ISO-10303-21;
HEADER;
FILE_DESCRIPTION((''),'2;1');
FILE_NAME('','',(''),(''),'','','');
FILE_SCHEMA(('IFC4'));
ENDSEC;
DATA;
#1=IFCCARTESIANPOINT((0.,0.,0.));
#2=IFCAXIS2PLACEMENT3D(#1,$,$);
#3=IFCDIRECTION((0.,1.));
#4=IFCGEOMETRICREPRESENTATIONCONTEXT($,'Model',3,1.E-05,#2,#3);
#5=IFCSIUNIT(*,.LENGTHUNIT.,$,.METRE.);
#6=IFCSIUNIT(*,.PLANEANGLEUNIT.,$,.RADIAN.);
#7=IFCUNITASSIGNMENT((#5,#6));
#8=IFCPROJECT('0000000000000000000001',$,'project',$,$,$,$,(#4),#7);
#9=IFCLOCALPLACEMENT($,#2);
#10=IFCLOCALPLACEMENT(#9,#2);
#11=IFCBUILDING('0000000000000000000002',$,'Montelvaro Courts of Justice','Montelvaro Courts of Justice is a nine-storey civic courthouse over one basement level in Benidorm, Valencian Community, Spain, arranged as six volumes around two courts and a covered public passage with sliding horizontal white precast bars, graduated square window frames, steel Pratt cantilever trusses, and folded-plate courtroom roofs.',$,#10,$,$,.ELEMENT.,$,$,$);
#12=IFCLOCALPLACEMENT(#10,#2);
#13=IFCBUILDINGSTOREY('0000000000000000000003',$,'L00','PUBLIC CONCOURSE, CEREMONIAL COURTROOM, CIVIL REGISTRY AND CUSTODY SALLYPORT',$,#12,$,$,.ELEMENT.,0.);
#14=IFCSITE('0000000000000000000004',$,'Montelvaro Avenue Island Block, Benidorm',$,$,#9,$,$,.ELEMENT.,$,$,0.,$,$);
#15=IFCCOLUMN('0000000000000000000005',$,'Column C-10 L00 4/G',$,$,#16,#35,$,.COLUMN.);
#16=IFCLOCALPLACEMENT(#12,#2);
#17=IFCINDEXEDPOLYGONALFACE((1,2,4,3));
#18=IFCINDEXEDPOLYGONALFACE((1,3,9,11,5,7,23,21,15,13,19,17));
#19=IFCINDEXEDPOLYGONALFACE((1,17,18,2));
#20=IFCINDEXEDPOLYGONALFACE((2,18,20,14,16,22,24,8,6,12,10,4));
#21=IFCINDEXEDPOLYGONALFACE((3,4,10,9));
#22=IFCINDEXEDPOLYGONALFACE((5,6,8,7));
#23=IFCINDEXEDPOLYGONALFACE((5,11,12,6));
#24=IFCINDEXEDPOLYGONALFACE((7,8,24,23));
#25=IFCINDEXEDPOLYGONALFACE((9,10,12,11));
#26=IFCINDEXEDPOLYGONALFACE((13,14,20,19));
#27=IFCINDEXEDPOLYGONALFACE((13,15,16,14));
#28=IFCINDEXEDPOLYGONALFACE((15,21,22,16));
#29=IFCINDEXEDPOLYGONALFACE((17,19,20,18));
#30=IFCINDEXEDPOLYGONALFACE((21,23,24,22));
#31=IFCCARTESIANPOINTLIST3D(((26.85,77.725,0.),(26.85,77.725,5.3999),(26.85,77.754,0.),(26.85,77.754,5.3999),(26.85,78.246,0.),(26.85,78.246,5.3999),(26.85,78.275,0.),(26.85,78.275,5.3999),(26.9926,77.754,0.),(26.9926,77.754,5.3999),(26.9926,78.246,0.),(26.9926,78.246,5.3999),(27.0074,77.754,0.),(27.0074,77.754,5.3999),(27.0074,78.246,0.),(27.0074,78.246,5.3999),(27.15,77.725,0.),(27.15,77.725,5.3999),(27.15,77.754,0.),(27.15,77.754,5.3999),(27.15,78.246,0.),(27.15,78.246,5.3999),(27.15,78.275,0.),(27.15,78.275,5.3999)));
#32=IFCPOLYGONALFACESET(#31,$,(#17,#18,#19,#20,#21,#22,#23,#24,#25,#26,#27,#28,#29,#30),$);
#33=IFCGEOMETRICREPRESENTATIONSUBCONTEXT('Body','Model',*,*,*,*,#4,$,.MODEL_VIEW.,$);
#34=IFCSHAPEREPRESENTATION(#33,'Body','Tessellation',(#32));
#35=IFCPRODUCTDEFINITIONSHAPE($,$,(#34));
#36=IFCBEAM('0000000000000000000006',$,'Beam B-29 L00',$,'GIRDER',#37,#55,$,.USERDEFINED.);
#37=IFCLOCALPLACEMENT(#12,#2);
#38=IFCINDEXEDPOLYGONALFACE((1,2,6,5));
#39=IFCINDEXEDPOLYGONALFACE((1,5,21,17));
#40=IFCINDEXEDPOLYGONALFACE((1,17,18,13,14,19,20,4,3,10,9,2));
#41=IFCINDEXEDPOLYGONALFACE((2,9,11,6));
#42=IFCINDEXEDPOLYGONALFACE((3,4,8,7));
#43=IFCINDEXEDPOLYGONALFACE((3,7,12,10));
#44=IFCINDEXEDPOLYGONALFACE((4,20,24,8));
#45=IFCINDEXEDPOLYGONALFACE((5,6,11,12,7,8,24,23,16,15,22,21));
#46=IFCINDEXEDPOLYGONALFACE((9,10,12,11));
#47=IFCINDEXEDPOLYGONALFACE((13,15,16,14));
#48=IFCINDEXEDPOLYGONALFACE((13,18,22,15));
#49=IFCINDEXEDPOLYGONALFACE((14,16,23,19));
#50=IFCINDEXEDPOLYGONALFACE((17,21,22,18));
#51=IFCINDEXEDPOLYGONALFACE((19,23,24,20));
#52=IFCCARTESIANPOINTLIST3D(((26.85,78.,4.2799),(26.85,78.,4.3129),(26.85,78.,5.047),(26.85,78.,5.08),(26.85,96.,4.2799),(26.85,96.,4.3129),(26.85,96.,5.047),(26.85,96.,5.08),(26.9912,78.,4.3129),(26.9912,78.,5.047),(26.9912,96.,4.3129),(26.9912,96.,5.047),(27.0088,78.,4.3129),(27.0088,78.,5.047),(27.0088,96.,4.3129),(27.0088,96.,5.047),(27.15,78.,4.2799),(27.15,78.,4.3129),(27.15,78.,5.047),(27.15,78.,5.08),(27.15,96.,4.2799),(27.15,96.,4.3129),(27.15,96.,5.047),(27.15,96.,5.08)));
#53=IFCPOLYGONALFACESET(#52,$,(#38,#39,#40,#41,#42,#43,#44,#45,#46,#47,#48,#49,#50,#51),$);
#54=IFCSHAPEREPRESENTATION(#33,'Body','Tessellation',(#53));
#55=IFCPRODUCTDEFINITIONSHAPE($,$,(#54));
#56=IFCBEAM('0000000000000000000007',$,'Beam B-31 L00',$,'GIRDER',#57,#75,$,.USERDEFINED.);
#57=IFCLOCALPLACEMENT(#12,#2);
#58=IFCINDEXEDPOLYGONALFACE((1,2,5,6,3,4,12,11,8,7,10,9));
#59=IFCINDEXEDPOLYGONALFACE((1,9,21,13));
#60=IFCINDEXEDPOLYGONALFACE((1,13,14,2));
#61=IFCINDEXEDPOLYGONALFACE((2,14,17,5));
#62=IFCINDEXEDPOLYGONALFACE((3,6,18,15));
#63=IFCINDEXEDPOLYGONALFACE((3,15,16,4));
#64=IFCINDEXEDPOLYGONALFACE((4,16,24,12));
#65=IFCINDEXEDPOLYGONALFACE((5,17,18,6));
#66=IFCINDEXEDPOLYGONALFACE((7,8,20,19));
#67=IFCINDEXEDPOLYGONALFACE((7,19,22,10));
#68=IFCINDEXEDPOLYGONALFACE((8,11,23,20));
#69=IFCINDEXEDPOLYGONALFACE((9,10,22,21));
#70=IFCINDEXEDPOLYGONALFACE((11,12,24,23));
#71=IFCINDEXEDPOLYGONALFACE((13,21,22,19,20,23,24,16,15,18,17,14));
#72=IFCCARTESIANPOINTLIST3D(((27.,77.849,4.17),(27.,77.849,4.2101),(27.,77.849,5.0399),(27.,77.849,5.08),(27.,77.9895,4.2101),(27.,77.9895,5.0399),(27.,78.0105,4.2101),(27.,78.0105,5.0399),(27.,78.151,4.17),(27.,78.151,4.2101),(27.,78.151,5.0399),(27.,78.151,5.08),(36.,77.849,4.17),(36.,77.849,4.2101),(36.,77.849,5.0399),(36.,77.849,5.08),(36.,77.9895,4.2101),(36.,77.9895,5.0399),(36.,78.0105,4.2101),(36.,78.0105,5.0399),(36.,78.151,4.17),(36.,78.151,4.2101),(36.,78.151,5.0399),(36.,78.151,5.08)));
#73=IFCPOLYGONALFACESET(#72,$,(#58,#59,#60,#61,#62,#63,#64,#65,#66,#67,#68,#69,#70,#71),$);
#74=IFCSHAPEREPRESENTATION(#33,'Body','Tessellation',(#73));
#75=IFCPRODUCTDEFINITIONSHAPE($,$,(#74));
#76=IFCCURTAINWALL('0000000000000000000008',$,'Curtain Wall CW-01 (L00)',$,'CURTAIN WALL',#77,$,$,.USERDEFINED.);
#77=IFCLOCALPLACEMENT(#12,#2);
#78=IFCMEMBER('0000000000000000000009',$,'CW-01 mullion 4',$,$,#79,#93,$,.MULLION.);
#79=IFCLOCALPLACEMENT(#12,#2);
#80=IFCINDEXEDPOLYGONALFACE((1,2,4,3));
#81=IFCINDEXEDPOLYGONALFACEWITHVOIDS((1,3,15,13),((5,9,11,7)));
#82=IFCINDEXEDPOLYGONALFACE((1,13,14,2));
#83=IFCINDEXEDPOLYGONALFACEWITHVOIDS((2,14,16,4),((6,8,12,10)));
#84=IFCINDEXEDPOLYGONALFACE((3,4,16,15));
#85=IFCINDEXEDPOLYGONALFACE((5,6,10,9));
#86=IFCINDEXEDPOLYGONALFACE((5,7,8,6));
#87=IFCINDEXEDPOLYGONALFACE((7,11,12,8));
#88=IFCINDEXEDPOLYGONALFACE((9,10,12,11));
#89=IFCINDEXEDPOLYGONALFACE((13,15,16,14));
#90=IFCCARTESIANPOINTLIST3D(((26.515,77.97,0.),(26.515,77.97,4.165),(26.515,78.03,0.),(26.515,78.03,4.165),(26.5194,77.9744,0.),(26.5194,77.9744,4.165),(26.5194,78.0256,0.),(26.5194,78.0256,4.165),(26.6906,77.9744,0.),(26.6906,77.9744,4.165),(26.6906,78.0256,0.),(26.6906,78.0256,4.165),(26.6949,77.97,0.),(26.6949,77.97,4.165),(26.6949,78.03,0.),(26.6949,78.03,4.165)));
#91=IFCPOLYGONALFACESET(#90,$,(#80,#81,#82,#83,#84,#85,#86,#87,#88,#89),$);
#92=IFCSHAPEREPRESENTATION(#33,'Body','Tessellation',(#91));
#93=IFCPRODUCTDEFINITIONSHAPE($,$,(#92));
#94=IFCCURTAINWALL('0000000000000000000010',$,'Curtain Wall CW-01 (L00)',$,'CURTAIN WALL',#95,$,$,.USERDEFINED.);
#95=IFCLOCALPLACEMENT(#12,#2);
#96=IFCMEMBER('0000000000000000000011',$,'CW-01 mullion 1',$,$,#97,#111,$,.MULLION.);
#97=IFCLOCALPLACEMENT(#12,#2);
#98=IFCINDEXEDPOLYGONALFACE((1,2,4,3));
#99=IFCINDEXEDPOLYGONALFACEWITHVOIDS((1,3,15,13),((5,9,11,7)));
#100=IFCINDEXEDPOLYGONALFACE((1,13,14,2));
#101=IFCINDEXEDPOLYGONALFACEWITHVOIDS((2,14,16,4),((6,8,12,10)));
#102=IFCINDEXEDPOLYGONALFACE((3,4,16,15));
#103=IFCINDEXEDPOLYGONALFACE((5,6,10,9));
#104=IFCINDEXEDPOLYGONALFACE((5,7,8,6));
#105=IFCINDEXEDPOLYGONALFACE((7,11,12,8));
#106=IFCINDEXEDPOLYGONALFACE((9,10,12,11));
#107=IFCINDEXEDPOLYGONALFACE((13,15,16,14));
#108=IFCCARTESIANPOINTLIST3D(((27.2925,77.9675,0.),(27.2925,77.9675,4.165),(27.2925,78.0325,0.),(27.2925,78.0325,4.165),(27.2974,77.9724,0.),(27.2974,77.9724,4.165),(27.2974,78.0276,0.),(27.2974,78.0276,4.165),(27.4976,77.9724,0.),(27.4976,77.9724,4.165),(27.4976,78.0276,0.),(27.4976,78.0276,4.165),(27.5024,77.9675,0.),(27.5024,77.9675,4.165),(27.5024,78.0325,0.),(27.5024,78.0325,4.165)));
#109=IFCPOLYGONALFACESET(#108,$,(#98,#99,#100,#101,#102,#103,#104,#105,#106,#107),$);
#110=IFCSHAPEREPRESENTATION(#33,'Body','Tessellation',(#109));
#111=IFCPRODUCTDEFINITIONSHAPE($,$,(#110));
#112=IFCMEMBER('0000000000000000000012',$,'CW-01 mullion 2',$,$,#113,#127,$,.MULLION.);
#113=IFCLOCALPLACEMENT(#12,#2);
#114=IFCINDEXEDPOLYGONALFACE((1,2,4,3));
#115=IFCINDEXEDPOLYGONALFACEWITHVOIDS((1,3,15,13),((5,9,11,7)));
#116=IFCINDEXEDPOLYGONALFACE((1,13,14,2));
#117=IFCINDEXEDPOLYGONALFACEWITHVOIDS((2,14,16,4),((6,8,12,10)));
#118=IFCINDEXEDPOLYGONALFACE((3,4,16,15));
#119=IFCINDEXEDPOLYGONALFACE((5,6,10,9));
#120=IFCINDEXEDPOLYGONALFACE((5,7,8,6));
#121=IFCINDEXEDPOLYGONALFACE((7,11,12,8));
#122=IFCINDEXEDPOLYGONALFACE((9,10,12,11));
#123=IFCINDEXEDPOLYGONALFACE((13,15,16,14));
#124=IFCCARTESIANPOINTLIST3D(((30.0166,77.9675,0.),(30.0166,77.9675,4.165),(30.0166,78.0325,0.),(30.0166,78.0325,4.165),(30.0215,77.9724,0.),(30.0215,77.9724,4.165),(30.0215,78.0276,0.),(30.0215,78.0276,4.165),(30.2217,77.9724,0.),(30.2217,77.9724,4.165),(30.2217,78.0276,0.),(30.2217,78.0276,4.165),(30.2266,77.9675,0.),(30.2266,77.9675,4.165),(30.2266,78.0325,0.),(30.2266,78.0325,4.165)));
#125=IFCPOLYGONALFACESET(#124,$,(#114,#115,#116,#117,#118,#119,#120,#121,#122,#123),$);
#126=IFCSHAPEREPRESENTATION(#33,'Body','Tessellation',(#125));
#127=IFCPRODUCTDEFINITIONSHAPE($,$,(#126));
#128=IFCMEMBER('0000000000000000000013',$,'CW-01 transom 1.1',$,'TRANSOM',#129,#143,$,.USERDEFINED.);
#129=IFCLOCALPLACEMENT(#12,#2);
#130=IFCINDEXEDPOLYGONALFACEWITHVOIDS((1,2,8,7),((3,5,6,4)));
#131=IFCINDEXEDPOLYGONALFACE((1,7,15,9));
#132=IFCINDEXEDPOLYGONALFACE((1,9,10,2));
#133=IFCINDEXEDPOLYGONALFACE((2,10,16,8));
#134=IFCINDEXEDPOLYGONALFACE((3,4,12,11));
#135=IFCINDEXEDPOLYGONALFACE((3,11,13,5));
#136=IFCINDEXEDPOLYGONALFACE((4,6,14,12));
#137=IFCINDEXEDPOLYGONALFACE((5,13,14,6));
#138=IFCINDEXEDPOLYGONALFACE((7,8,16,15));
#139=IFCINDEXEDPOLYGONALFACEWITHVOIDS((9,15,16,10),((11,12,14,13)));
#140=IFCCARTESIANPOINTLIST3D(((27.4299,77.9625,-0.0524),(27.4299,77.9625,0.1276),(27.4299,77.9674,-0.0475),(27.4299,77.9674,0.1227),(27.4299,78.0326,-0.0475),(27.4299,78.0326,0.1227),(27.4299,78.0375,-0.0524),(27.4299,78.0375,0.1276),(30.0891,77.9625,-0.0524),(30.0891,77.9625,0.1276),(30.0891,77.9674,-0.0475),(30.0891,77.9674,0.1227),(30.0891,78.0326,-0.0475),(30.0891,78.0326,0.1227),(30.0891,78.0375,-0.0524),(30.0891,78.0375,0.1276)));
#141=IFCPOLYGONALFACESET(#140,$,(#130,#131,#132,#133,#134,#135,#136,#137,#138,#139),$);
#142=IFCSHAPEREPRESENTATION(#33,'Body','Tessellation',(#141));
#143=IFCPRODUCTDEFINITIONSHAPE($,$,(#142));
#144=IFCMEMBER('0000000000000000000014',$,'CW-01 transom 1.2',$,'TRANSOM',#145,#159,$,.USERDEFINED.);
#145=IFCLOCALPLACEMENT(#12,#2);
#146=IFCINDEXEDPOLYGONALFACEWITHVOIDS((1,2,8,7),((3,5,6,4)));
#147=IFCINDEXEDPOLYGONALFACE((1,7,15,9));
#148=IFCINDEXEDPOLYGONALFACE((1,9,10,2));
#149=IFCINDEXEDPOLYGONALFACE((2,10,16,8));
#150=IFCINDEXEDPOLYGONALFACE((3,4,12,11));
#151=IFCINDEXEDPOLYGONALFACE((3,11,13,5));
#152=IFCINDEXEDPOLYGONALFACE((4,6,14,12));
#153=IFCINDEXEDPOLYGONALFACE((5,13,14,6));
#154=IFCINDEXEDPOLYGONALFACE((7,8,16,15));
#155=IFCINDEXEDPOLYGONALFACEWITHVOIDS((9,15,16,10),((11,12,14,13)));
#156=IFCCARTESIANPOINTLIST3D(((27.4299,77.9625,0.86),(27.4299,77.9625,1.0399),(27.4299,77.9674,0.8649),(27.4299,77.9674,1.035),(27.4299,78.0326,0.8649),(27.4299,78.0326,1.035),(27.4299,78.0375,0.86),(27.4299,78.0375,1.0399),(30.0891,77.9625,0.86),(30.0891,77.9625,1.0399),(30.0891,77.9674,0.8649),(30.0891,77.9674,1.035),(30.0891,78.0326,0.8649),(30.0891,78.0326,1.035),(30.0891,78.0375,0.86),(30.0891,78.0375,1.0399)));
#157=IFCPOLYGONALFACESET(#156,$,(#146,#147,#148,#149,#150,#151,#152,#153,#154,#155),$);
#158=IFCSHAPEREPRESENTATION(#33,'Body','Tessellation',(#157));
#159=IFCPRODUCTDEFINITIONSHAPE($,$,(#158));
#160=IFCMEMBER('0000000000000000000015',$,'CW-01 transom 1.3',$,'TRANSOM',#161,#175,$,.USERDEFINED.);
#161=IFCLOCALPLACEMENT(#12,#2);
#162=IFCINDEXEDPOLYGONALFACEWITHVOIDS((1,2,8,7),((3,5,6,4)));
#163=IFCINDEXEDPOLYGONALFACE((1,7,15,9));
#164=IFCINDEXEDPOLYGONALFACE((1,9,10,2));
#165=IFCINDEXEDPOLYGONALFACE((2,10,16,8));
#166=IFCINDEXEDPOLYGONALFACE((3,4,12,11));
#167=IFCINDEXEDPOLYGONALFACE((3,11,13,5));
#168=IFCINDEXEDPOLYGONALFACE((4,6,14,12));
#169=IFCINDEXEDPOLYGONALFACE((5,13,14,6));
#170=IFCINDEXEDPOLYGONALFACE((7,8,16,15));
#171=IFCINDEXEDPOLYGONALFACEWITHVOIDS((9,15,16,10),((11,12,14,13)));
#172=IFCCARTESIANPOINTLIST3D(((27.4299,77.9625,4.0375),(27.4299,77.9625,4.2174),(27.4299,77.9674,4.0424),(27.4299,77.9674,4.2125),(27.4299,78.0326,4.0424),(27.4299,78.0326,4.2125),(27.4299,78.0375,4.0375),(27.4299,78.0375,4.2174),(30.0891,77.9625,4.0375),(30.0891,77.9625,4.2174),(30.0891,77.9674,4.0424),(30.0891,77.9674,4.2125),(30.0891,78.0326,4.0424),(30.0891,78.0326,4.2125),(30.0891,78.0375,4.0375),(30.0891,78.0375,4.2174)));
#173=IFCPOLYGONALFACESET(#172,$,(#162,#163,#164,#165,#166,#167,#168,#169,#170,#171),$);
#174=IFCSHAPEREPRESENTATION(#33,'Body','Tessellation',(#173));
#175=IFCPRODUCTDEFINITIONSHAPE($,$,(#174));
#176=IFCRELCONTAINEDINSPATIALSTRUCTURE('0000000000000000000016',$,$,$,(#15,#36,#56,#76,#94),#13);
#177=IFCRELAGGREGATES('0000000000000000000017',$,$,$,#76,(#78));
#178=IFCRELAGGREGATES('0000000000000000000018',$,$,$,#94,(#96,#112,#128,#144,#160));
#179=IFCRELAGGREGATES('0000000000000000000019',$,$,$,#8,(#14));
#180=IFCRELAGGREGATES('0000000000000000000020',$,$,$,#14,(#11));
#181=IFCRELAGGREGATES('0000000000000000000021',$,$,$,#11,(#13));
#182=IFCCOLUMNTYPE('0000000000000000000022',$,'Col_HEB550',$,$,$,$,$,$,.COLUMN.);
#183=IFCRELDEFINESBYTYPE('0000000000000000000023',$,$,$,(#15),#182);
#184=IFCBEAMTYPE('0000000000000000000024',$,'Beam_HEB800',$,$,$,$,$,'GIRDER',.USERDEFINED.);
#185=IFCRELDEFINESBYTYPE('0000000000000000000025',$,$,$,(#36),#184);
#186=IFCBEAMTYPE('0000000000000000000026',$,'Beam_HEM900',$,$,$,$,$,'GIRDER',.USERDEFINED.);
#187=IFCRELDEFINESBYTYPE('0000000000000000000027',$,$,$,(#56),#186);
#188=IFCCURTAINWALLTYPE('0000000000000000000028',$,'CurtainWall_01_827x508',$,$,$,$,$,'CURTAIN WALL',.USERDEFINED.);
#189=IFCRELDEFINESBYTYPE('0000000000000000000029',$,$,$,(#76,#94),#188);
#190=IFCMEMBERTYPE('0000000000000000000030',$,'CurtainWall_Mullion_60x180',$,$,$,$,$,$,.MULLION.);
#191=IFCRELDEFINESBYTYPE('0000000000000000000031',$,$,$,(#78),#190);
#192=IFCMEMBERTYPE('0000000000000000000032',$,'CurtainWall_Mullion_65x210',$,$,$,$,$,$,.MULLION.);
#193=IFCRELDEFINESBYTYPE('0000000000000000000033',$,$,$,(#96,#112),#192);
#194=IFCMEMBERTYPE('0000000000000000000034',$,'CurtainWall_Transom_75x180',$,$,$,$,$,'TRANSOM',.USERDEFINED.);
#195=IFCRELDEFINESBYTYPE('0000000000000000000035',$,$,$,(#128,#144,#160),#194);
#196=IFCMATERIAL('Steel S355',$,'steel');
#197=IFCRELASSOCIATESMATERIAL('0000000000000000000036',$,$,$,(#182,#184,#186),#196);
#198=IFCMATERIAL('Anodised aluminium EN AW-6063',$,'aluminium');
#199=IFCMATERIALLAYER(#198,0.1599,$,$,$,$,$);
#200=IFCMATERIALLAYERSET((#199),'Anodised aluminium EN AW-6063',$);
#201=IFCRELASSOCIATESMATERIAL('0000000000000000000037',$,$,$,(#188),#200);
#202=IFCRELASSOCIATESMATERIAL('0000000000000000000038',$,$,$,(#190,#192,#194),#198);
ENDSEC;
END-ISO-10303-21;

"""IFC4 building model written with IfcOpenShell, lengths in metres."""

from ifc_helpers import new_model, si_unit, direction, frame, origin, origin_2d, place, context, subcontext, project, spatial, hollow_rectangle, i_section, extrude, material, layer, layer_set, material_profile, profile_set, type_object, element, aggregate, save


model = new_model("IFC4")

# Units and contexts
model_context = context("Model", 3, precision=1e-05, world=origin(), true_north=direction((0.0, 1.0)))
body_context = subcontext(model_context, "Body", "Model", "MODEL_VIEW")
ifc_project = project(units=[si_unit("LENGTHUNIT", "METRE"), si_unit("PLANEANGLEUNIT", "RADIAN")], contexts=[model_context])

# Site, building, storey
site_placement = place(None, origin())
site = spatial("IfcSite", under=ifc_project, at=site_placement, Name="Montelvaro Avenue Island Block, Benidorm", CompositionType="ELEMENT", RefElevation=0.0)
building_placement = place(site_placement, origin())
building = spatial("IfcBuilding", under=site, at=building_placement, Name="Montelvaro Courts of Justice", Description="Montelvaro Courts of Justice is a nine-storey civic courthouse over one basement level in Benidorm, Valencian Community, Spain, arranged as six volumes around two courts and a covered public passage with sliding horizontal white precast bars, graduated square window frames, steel Pratt cantilever trusses, and folded-plate courtroom roofs.", CompositionType="ELEMENT")
storey_placement = place(building_placement, origin())
storey = spatial("IfcBuildingStorey", under=building, at=storey_placement, Name="L00", Description="PUBLIC CONCOURSE, CEREMONIAL COURTROOM, CIVIL REGISTRY AND CUSTODY SALLYPORT", CompositionType="ELEMENT", Elevation=0.0)

# Column
ifc_material_1 = material(Name="Steel S355", Category="steel")
ifc_material_profile_1 = material_profile(ifc_material_1, i_section(OverallWidth=0.3, OverallDepth=0.55, WebThickness=0.0149, FlangeThickness=0.0291, at=origin_2d()), Name="HEB 550")
ifc_profile_set_1 = profile_set([ifc_material_profile_1], Name="Steel S355")
column_type = type_object("IfcColumnType", Name="Col_HEB550", PredefinedType="COLUMN", material=ifc_profile_set_1)
column_placement = place(storey_placement, frame((27.0, 78.0, 0.0), z_axis=(0.0, 0.0, 1.0), x_axis=(1.0, 0.0, 0.0)))
element("IfcColumn", 1, at=column_placement, inside=storey, type_object=column_type, Name="Column C-10 L00 4/G", PredefinedType="COLUMN", context=body_context, shape_type="SweptSolid", body=[
    extrude(i_section(OverallWidth=0.3, OverallDepth=0.55, WebThickness=0.0149, FlangeThickness=0.0291, at=origin_2d()), origin(), (0.0, 0.0, 1.0), 5.3999),
])

# Beams
ifc_material_profile_2 = material_profile(ifc_material_1, i_section(OverallWidth=0.3, OverallDepth=0.8, WebThickness=0.0176, FlangeThickness=0.033, at=origin_2d()), Name="HEB 800")
ifc_profile_set_2 = profile_set([ifc_material_profile_2], Name="Steel S355")
beam_type_1 = type_object("IfcBeamType", Name="Beam_HEB800", ElementType="GIRDER", PredefinedType="USERDEFINED", material=ifc_profile_set_2)
beam_1_placement = place(storey_placement, frame((27.0, 78.0, 4.6799), z_axis=(0.0, 1.0, 0.0), x_axis=(-1.0, 0.0, 0.0)))
element("IfcBeam", 2, at=beam_1_placement, inside=storey, type_object=beam_type_1, Name="Beam B-29 L00", ObjectType="GIRDER", PredefinedType="USERDEFINED", context=body_context, shape_type="SweptSolid", body=[
    extrude(i_section(OverallWidth=0.3, OverallDepth=0.8, WebThickness=0.0176, FlangeThickness=0.033, at=origin_2d()), origin(), (0.0, 0.0, 1.0), 18.0),
])
ifc_material_profile_3 = material_profile(ifc_material_1, i_section(OverallWidth=0.302, OverallDepth=0.9099, WebThickness=0.021, FlangeThickness=0.04, at=origin_2d()), Name="HEM 900")
ifc_profile_set_3 = profile_set([ifc_material_profile_3], Name="Steel S355")
beam_type_2 = type_object("IfcBeamType", Name="Beam_HEM900", ElementType="GIRDER", PredefinedType="USERDEFINED", material=ifc_profile_set_3)
beam_2_placement = place(storey_placement, frame((27.0, 78.0, 4.625), z_axis=(1.0, 0.0, 0.0), x_axis=(0.0, 1.0, 0.0)))
element("IfcBeam", 3, at=beam_2_placement, inside=storey, type_object=beam_type_2, Name="Beam B-31 L00", ObjectType="GIRDER", PredefinedType="USERDEFINED", context=body_context, shape_type="SweptSolid", body=[
    extrude(i_section(OverallWidth=0.302, OverallDepth=0.9099, WebThickness=0.021, FlangeThickness=0.04, at=origin_2d()), origin(), (0.0, 0.0, 1.0), 9.0),
])

# Curtain wall, member
ifc_material_2 = material(Name="Anodised aluminium EN AW-6063", Category="aluminium")
ifc_layer_1 = layer(ifc_material_2, 0.1599)
ifc_layer_set_1 = layer_set([ifc_layer_1], Name="Anodised aluminium EN AW-6063")
curtain_wall_type = type_object("IfcCurtainWallType", Name="CurtainWall_01_827x508", ElementType="CURTAIN WALL", PredefinedType="USERDEFINED", material=ifc_layer_set_1)
curtain_wall_1_placement = place(storey_placement, origin())
curtain_wall_1 = element("IfcCurtainWall", 4, at=curtain_wall_1_placement, inside=storey, type_object=curtain_wall_type, Name="Curtain Wall CW-01 (L00)", ObjectType="CURTAIN WALL", PredefinedType="USERDEFINED")
ifc_material_profile_4 = material_profile(ifc_material_2, hollow_rectangle(XDim=0.0601, YDim=0.1799, WallThickness=0.0044, at=origin_2d()), Name="ALU-M 60x180")
ifc_profile_set_4 = profile_set([ifc_material_profile_4], Name="Anodised aluminium EN AW-6063")
member_type_1 = type_object("IfcMemberType", Name="CurtainWall_Mullion_60x180", PredefinedType="MULLION", material=ifc_profile_set_4)
member_1_placement = place(storey_placement, frame((26.605, 78.0, 0.0), z_axis=(0.0, 0.0, 1.0), x_axis=(0.0, 1.0, 0.0)))
member_1 = element("IfcMember", 5, at=member_1_placement, type_object=member_type_1, Name="CW-01 mullion 4", PredefinedType="MULLION", context=body_context, shape_type="SweptSolid", body=[
    extrude(hollow_rectangle(XDim=0.0601, YDim=0.1799, WallThickness=0.0044, at=origin_2d()), origin(), (0.0, 0.0, 1.0), 4.165),
])

# Curtain wall, members
curtain_wall_2_placement = place(storey_placement, origin())
curtain_wall_2 = element("IfcCurtainWall", 6, at=curtain_wall_2_placement, inside=storey, type_object=curtain_wall_type, Name="Curtain Wall CW-01 (L00)", ObjectType="CURTAIN WALL", PredefinedType="USERDEFINED")
ifc_material_profile_5 = material_profile(ifc_material_2, hollow_rectangle(XDim=0.0649, YDim=0.21, WallThickness=0.0049, at=origin_2d()), Name="ALU-M 65x210")
ifc_profile_set_5 = profile_set([ifc_material_profile_5], Name="Anodised aluminium EN AW-6063")
member_type_2 = type_object("IfcMemberType", Name="CurtainWall_Mullion_65x210", PredefinedType="MULLION", material=ifc_profile_set_5)
member_2_placement = place(storey_placement, frame((27.3975, 78.0, 0.0), z_axis=(0.0, 0.0, 1.0), x_axis=(0.0, 1.0, 0.0)))
member_2 = element("IfcMember", 7, at=member_2_placement, type_object=member_type_2, Name="CW-01 mullion 1", PredefinedType="MULLION", context=body_context, shape_type="SweptSolid", body=[
    extrude(hollow_rectangle(XDim=0.0649, YDim=0.21, WallThickness=0.0049, at=origin_2d()), origin(), (0.0, 0.0, 1.0), 4.165),
])
member_3_placement = place(storey_placement, frame((30.1216, 78.0, 0.0), z_axis=(0.0, 0.0, 1.0), x_axis=(0.0, 1.0, 0.0)))
member_3 = element("IfcMember", 8, at=member_3_placement, type_object=member_type_2, Name="CW-01 mullion 2", PredefinedType="MULLION", context=body_context, shape_type="SweptSolid", body=[
    extrude(hollow_rectangle(XDim=0.0649, YDim=0.21, WallThickness=0.0049, at=origin_2d()), origin(), (0.0, 0.0, 1.0), 4.165),
])
ifc_material_profile_6 = material_profile(ifc_material_2, hollow_rectangle(XDim=0.075, YDim=0.1799, WallThickness=0.0049, at=origin_2d()), Name="ALU-T 75x180")
ifc_profile_set_6 = profile_set([ifc_material_profile_6], Name="Anodised aluminium EN AW-6063")
member_type_3 = type_object("IfcMemberType", Name="CurtainWall_Transom_75x180", ElementType="TRANSOM", PredefinedType="USERDEFINED", material=ifc_profile_set_6)
member_4_placement = place(storey_placement, frame((27.4299, 78.0, 0.0376), z_axis=(1.0, 0.0, 0.0), x_axis=(0.0, 1.0, 0.0)))
member_4 = element("IfcMember", 9, at=member_4_placement, type_object=member_type_3, Name="CW-01 transom 1.1", ObjectType="TRANSOM", PredefinedType="USERDEFINED", context=body_context, shape_type="SweptSolid", body=[
    extrude(hollow_rectangle(XDim=0.075, YDim=0.1799, WallThickness=0.0049, at=origin_2d()), origin(), (0.0, 0.0, 1.0), 2.6592),
])
member_5_placement = place(storey_placement, frame((27.4299, 78.0, 0.95), z_axis=(1.0, 0.0, 0.0), x_axis=(0.0, 1.0, 0.0)))
member_5 = element("IfcMember", 10, at=member_5_placement, type_object=member_type_3, Name="CW-01 transom 1.2", ObjectType="TRANSOM", PredefinedType="USERDEFINED", context=body_context, shape_type="SweptSolid", body=[
    extrude(hollow_rectangle(XDim=0.075, YDim=0.1799, WallThickness=0.0049, at=origin_2d()), origin(), (0.0, 0.0, 1.0), 2.6592),
])
member_6_placement = place(storey_placement, frame((27.4299, 78.0, 4.1274), z_axis=(1.0, 0.0, 0.0), x_axis=(0.0, 1.0, 0.0)))
member_6 = element("IfcMember", 11, at=member_6_placement, type_object=member_type_3, Name="CW-01 transom 1.3", ObjectType="TRANSOM", PredefinedType="USERDEFINED", context=body_context, shape_type="SweptSolid", body=[
    extrude(hollow_rectangle(XDim=0.075, YDim=0.1799, WallThickness=0.0049, at=origin_2d()), origin(), (0.0, 0.0, 1.0), 2.6592),
])

aggregate(curtain_wall_1, [member_1])
aggregate(curtain_wall_2, [member_2, member_3, member_4, member_5, member_6])

save(model, "model.ifc")
